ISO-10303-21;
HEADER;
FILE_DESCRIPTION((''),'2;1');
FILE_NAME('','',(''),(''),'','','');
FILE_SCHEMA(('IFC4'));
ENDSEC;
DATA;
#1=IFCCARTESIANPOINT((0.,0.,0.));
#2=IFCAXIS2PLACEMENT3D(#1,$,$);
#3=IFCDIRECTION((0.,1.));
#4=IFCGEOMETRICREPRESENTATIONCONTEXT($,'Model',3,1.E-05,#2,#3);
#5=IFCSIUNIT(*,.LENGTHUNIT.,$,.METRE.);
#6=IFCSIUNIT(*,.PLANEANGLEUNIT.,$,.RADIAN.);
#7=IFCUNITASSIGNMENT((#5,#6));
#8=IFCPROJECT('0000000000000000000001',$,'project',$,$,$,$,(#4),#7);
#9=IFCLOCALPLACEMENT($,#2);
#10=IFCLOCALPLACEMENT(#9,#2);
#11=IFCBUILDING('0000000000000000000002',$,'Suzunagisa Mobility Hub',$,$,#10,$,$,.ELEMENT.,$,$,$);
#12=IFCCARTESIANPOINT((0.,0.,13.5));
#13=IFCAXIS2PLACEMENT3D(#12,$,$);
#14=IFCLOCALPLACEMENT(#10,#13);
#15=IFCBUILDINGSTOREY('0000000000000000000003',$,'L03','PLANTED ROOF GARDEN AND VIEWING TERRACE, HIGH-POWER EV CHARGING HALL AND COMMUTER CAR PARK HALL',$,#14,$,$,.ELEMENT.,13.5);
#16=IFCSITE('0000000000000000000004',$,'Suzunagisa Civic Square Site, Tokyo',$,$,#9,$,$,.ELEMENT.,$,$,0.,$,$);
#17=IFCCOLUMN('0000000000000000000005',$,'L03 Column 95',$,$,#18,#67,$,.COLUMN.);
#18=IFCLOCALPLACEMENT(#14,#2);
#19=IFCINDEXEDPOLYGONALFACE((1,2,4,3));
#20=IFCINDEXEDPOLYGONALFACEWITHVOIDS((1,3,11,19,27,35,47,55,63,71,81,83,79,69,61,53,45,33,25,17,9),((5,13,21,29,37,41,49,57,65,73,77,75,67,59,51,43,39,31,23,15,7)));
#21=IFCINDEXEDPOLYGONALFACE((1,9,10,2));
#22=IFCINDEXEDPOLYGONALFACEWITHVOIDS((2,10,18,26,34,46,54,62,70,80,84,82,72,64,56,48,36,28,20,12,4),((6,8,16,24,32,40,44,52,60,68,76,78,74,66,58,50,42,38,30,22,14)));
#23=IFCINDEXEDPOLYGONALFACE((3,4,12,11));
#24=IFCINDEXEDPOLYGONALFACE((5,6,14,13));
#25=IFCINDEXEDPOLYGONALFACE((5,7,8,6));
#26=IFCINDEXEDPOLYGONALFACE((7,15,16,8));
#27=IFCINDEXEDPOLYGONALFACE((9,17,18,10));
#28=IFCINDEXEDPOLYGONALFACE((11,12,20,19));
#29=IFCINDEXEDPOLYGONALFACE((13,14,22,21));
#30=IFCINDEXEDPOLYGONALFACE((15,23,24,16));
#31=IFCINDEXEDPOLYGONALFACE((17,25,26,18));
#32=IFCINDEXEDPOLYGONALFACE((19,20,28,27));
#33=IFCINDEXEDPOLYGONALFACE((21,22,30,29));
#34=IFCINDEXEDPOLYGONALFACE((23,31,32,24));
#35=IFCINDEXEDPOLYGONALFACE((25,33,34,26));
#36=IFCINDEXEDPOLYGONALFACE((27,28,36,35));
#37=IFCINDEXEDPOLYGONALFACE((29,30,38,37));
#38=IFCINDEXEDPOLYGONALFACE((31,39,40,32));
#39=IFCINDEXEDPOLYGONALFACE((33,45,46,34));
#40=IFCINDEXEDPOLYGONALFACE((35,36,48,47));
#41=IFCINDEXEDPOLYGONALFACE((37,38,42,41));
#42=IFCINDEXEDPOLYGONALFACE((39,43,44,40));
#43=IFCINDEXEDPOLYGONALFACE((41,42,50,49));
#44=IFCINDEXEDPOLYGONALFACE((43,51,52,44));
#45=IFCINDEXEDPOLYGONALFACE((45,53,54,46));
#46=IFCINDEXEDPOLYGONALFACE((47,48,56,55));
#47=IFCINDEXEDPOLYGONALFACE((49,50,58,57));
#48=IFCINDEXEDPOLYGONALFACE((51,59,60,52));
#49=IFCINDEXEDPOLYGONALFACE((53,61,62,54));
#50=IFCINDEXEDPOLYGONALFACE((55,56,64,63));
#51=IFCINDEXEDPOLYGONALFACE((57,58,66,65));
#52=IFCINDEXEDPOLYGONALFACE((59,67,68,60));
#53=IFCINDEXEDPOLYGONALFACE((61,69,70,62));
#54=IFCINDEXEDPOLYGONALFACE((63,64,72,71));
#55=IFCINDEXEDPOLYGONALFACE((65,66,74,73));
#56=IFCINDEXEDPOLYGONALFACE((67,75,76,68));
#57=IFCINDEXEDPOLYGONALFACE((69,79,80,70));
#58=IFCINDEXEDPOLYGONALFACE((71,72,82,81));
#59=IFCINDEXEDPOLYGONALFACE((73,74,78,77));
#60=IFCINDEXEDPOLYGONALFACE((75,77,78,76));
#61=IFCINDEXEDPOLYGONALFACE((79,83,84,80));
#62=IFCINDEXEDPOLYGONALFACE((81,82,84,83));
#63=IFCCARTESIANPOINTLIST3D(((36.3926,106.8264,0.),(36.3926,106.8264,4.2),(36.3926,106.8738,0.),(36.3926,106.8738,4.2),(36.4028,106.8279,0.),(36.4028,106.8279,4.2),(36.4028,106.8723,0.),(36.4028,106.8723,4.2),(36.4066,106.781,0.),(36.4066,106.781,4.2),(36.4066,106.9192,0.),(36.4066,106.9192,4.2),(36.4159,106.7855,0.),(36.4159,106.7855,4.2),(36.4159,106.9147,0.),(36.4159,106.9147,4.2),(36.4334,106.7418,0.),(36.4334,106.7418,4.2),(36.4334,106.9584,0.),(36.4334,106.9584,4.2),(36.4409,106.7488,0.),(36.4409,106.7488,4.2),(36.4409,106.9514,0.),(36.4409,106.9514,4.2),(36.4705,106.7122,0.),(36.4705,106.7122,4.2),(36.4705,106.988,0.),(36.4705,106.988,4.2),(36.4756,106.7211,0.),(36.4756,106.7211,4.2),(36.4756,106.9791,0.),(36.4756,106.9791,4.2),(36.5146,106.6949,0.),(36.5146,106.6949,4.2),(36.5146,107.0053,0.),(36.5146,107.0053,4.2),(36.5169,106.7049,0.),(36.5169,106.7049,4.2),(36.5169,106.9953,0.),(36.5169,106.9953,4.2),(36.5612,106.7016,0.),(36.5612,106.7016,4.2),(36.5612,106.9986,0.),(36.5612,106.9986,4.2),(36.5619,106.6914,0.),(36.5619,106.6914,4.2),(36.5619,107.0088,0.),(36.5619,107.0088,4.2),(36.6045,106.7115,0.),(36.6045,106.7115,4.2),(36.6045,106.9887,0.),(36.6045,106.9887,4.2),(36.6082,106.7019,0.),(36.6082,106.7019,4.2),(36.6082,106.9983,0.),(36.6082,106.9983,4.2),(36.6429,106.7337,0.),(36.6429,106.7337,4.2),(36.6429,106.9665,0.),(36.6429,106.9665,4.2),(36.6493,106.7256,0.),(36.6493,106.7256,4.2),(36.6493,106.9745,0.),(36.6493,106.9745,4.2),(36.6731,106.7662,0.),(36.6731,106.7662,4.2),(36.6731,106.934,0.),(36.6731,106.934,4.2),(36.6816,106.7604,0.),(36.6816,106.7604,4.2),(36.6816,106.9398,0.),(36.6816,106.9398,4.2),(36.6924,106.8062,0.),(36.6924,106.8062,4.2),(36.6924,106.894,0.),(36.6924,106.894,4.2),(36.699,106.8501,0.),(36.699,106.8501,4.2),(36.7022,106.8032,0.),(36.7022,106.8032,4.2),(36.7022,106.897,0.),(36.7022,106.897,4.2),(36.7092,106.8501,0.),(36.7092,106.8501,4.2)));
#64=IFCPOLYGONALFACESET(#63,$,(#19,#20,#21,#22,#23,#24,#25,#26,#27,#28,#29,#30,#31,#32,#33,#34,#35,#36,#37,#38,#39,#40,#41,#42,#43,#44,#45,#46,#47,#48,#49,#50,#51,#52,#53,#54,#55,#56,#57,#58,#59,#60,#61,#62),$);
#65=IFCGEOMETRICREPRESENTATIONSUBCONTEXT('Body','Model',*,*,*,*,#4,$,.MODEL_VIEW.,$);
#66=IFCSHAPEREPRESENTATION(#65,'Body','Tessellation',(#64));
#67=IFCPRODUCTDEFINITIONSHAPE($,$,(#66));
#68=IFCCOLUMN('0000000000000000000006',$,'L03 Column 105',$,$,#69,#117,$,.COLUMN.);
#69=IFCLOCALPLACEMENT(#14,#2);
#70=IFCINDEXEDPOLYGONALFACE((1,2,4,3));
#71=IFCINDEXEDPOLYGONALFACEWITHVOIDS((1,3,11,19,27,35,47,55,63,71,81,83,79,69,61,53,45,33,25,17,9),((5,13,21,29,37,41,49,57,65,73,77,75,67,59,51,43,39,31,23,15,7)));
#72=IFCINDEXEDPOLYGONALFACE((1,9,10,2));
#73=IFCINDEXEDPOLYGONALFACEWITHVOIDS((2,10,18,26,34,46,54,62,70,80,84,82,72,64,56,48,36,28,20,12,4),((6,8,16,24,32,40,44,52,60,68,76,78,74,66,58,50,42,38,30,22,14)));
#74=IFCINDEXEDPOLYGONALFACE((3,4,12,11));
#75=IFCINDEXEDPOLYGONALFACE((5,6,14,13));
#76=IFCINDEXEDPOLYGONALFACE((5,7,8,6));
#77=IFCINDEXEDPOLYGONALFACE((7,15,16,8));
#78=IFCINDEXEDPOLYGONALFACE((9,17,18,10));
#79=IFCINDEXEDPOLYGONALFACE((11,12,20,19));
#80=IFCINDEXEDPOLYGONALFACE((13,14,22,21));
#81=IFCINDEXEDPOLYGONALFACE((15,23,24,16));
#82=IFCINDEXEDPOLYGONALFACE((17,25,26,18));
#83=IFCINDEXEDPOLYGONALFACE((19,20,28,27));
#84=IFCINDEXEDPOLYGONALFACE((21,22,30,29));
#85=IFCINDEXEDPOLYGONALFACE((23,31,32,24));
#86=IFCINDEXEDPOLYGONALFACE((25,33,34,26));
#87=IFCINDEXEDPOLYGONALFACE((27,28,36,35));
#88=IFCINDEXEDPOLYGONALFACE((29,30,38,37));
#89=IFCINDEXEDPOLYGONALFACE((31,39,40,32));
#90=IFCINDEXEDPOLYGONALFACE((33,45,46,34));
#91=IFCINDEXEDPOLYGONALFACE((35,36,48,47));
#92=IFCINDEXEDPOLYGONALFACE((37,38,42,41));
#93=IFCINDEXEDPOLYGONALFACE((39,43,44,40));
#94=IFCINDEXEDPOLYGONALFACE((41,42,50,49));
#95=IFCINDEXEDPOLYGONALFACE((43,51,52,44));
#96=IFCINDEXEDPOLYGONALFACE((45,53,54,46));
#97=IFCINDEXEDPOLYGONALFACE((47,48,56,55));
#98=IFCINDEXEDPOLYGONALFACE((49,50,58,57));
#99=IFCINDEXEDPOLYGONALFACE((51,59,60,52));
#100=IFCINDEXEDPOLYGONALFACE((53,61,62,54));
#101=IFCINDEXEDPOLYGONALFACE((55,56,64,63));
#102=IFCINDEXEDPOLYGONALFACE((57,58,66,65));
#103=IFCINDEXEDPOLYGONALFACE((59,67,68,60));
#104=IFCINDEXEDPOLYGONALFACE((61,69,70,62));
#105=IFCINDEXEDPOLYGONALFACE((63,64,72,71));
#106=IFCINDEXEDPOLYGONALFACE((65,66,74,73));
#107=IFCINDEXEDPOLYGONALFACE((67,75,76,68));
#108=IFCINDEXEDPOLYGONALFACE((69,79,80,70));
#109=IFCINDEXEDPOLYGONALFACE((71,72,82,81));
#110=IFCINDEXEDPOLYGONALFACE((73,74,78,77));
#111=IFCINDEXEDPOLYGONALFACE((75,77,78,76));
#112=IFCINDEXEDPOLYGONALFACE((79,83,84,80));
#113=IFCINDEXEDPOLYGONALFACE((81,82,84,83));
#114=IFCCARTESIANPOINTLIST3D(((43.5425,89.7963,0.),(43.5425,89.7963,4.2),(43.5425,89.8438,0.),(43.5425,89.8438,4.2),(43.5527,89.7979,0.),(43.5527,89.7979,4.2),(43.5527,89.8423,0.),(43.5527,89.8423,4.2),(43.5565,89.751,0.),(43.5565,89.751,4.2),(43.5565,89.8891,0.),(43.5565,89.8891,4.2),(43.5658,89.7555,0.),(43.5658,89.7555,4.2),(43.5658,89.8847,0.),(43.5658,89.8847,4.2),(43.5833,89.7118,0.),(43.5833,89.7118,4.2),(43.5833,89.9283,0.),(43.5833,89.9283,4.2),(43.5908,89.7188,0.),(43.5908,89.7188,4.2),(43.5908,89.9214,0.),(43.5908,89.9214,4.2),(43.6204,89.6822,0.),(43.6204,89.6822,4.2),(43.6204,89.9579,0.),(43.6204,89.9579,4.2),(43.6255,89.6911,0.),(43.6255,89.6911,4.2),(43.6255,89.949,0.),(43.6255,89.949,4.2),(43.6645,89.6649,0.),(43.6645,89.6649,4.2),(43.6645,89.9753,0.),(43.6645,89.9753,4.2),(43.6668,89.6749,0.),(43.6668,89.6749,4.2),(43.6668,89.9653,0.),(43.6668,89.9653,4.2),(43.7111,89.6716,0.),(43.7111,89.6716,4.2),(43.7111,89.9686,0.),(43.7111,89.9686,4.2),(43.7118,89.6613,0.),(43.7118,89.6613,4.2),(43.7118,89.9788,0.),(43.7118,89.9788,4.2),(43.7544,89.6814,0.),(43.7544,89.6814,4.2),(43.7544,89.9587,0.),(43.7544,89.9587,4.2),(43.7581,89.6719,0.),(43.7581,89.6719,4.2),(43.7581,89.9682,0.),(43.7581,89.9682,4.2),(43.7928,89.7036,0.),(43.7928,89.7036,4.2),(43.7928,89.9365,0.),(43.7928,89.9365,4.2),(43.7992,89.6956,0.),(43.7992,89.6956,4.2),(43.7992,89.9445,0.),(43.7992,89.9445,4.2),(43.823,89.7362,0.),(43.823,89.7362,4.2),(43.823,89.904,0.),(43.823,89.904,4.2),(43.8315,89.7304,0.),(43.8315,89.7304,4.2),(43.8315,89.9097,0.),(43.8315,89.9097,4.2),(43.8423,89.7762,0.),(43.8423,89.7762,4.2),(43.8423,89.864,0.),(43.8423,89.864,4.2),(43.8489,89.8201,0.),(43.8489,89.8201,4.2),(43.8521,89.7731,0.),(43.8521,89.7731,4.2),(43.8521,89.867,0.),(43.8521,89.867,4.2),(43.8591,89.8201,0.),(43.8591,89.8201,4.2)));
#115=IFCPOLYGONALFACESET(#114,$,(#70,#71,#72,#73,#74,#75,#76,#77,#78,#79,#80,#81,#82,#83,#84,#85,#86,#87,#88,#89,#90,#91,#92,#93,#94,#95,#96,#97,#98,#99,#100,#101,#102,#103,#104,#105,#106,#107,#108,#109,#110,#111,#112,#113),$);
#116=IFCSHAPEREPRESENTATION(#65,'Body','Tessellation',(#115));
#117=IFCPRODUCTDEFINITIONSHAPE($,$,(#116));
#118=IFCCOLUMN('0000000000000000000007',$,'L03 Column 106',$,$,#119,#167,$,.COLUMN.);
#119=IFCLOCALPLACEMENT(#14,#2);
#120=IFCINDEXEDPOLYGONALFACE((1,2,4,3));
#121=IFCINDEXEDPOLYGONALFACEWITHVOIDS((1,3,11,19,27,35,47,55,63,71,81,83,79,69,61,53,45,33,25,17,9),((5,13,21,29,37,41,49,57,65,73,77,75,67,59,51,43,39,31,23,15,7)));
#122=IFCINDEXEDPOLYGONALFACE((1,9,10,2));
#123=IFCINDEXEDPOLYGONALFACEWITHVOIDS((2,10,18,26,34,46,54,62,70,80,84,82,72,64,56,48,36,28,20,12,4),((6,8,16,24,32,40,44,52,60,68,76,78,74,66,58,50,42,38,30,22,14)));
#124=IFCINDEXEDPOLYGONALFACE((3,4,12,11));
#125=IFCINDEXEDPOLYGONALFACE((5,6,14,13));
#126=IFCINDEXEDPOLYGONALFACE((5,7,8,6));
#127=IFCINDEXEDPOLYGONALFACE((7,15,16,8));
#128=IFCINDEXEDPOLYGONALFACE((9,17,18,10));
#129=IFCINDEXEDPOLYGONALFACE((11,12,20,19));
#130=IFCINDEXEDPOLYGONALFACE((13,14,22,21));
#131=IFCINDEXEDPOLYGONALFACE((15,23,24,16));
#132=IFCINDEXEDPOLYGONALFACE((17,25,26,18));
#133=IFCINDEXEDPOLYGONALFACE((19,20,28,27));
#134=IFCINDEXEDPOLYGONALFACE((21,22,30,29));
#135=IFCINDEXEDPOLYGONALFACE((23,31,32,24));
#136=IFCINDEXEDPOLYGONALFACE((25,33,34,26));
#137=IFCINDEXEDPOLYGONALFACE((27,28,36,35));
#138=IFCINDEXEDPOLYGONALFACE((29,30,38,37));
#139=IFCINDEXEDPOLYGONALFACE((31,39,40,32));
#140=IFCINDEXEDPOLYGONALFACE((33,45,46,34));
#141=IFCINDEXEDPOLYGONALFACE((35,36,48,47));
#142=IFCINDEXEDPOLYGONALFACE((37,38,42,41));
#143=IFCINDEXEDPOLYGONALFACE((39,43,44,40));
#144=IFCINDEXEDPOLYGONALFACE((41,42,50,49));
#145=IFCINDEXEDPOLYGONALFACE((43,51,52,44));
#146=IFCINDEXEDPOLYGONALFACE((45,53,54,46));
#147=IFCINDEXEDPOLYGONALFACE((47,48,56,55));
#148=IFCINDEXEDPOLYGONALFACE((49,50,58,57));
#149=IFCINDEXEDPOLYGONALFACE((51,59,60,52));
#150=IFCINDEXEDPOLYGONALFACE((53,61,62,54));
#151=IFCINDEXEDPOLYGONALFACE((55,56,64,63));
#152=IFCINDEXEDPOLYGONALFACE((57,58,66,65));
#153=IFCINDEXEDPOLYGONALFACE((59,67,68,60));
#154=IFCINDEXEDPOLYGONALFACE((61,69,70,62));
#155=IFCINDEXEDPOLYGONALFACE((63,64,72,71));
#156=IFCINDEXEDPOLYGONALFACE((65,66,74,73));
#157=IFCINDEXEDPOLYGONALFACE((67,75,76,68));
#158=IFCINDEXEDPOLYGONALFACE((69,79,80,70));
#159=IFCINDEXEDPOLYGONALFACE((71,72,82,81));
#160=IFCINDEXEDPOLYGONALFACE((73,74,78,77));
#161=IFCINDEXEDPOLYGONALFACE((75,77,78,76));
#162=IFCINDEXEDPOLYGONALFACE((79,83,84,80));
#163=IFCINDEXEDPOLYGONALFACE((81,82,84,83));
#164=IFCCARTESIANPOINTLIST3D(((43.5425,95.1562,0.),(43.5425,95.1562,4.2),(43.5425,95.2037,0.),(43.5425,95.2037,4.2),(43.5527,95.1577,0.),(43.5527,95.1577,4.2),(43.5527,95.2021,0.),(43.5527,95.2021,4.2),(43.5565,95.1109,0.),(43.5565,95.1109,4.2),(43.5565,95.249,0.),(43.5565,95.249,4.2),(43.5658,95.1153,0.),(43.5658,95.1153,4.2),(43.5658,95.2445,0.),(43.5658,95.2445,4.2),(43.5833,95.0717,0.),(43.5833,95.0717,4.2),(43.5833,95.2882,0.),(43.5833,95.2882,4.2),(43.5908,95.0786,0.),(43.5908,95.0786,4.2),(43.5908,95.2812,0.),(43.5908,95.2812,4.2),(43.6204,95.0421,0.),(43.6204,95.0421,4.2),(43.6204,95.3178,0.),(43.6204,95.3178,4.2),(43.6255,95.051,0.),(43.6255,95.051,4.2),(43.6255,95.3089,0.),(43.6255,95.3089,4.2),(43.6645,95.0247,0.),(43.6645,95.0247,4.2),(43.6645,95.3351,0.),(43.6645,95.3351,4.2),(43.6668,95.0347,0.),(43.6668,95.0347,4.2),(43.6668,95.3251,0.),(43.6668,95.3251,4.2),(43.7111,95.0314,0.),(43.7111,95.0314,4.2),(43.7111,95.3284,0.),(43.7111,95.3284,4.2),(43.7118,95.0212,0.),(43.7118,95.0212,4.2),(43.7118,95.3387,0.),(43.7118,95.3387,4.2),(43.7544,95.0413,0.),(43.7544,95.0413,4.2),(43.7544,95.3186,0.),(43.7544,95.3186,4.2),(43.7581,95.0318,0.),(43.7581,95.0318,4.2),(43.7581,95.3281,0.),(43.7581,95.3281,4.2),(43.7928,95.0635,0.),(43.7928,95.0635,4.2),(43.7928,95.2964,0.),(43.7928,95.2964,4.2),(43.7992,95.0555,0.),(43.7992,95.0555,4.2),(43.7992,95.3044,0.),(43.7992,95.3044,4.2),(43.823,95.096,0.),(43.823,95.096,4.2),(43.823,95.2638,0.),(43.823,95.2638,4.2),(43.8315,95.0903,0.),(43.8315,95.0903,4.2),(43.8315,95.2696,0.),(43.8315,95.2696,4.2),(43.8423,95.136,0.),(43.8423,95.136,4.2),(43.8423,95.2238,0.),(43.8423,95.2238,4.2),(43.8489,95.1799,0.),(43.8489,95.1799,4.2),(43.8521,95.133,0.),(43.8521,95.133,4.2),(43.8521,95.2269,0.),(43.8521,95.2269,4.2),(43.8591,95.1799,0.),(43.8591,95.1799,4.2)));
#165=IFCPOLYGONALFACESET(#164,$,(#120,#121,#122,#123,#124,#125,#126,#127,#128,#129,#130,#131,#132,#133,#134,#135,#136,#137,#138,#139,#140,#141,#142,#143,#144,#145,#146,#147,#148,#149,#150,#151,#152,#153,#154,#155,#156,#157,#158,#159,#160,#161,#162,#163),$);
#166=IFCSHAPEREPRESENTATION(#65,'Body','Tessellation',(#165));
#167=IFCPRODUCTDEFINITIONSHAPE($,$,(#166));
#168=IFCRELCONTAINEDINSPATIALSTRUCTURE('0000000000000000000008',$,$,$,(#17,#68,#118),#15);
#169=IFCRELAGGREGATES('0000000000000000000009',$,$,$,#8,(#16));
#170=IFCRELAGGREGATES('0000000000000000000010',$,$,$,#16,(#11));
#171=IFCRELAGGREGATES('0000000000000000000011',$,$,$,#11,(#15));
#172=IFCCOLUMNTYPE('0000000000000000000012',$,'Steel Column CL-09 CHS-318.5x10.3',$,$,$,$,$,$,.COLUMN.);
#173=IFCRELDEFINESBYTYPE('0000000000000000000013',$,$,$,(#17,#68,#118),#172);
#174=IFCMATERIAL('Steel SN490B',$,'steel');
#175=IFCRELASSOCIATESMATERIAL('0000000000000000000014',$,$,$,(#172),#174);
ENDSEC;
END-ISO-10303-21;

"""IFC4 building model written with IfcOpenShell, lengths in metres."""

from ifc_helpers import new_model, si_unit, direction, frame, origin, origin_2d, place, context, subcontext, project, spatial, hollow_circle, extrude, material, material_profile, profile_set, type_object, element, save


model = new_model("IFC4")

# Units and contexts
model_context = context("Model", 3, precision=1e-05, world=origin(), true_north=direction((0.0, 1.0)))
body_context = subcontext(model_context, "Body", "Model", "MODEL_VIEW")
ifc_project = project(units=[si_unit("LENGTHUNIT", "METRE"), si_unit("PLANEANGLEUNIT", "RADIAN")], contexts=[model_context])

# Site, building, storey
site_placement = place(None, origin())
site = spatial("IfcSite", under=ifc_project, at=site_placement, Name="Suzunagisa Civic Square Site, Tokyo", CompositionType="ELEMENT", RefElevation=0.0)
building_placement = place(site_placement, origin())
building = spatial("IfcBuilding", under=site, at=building_placement, Name="Suzunagisa Mobility Hub", CompositionType="ELEMENT")
storey_placement = place(building_placement, frame((0.0, 0.0, 13.5)))
storey = spatial("IfcBuildingStorey", under=building, at=storey_placement, Name="L03", Description="PLANTED ROOF GARDEN AND VIEWING TERRACE, HIGH-POWER EV CHARGING HALL AND COMMUTER CAR PARK HALL", CompositionType="ELEMENT", Elevation=13.5)

# Columns
ifc_material_1 = material(Name="Steel SN490B", Category="steel")
ifc_material_profile_1 = material_profile(ifc_material_1, hollow_circle(Radius=0.1592, WallThickness=0.0103, at=origin_2d()), Name="CHS-318.5x10.3")
ifc_profile_set_1 = profile_set([ifc_material_profile_1], Name="Steel SN490B")
column_type_1 = type_object("IfcColumnType", Name="Steel Column CL-09 CHS-318.5x10.3", PredefinedType="COLUMN", material=ifc_profile_set_1)
for number, where, z_axis, x_axis, name in (
    (1, (36.55, 106.8501, 0.0), (0.0, 0.0, 1.0), (1.0, 0.0, 0.0), "L03 Column 95"),
    (2, (43.7, 89.8201, 0.0), (0.0, 0.0, 1.0), (1.0, 0.0, 0.0), "L03 Column 105"),
    (3, (43.7, 95.1799, 0.0), (0.0, 0.0, 1.0), (1.0, 0.0, 0.0), "L03 Column 106"),
):
    element("IfcColumn", number, at=place(storey_placement, frame(where, z_axis=z_axis, x_axis=x_axis)), inside=storey, type_object=column_type_1, Name=name, PredefinedType="COLUMN", context=body_context, shape_type="SweptSolid", body=[
        extrude(hollow_circle(Radius=0.1592, WallThickness=0.0103, at=origin_2d()), origin(), (0.0, 0.0, 1.0), 4.2),
    ])

save(model, "model.ifc")
